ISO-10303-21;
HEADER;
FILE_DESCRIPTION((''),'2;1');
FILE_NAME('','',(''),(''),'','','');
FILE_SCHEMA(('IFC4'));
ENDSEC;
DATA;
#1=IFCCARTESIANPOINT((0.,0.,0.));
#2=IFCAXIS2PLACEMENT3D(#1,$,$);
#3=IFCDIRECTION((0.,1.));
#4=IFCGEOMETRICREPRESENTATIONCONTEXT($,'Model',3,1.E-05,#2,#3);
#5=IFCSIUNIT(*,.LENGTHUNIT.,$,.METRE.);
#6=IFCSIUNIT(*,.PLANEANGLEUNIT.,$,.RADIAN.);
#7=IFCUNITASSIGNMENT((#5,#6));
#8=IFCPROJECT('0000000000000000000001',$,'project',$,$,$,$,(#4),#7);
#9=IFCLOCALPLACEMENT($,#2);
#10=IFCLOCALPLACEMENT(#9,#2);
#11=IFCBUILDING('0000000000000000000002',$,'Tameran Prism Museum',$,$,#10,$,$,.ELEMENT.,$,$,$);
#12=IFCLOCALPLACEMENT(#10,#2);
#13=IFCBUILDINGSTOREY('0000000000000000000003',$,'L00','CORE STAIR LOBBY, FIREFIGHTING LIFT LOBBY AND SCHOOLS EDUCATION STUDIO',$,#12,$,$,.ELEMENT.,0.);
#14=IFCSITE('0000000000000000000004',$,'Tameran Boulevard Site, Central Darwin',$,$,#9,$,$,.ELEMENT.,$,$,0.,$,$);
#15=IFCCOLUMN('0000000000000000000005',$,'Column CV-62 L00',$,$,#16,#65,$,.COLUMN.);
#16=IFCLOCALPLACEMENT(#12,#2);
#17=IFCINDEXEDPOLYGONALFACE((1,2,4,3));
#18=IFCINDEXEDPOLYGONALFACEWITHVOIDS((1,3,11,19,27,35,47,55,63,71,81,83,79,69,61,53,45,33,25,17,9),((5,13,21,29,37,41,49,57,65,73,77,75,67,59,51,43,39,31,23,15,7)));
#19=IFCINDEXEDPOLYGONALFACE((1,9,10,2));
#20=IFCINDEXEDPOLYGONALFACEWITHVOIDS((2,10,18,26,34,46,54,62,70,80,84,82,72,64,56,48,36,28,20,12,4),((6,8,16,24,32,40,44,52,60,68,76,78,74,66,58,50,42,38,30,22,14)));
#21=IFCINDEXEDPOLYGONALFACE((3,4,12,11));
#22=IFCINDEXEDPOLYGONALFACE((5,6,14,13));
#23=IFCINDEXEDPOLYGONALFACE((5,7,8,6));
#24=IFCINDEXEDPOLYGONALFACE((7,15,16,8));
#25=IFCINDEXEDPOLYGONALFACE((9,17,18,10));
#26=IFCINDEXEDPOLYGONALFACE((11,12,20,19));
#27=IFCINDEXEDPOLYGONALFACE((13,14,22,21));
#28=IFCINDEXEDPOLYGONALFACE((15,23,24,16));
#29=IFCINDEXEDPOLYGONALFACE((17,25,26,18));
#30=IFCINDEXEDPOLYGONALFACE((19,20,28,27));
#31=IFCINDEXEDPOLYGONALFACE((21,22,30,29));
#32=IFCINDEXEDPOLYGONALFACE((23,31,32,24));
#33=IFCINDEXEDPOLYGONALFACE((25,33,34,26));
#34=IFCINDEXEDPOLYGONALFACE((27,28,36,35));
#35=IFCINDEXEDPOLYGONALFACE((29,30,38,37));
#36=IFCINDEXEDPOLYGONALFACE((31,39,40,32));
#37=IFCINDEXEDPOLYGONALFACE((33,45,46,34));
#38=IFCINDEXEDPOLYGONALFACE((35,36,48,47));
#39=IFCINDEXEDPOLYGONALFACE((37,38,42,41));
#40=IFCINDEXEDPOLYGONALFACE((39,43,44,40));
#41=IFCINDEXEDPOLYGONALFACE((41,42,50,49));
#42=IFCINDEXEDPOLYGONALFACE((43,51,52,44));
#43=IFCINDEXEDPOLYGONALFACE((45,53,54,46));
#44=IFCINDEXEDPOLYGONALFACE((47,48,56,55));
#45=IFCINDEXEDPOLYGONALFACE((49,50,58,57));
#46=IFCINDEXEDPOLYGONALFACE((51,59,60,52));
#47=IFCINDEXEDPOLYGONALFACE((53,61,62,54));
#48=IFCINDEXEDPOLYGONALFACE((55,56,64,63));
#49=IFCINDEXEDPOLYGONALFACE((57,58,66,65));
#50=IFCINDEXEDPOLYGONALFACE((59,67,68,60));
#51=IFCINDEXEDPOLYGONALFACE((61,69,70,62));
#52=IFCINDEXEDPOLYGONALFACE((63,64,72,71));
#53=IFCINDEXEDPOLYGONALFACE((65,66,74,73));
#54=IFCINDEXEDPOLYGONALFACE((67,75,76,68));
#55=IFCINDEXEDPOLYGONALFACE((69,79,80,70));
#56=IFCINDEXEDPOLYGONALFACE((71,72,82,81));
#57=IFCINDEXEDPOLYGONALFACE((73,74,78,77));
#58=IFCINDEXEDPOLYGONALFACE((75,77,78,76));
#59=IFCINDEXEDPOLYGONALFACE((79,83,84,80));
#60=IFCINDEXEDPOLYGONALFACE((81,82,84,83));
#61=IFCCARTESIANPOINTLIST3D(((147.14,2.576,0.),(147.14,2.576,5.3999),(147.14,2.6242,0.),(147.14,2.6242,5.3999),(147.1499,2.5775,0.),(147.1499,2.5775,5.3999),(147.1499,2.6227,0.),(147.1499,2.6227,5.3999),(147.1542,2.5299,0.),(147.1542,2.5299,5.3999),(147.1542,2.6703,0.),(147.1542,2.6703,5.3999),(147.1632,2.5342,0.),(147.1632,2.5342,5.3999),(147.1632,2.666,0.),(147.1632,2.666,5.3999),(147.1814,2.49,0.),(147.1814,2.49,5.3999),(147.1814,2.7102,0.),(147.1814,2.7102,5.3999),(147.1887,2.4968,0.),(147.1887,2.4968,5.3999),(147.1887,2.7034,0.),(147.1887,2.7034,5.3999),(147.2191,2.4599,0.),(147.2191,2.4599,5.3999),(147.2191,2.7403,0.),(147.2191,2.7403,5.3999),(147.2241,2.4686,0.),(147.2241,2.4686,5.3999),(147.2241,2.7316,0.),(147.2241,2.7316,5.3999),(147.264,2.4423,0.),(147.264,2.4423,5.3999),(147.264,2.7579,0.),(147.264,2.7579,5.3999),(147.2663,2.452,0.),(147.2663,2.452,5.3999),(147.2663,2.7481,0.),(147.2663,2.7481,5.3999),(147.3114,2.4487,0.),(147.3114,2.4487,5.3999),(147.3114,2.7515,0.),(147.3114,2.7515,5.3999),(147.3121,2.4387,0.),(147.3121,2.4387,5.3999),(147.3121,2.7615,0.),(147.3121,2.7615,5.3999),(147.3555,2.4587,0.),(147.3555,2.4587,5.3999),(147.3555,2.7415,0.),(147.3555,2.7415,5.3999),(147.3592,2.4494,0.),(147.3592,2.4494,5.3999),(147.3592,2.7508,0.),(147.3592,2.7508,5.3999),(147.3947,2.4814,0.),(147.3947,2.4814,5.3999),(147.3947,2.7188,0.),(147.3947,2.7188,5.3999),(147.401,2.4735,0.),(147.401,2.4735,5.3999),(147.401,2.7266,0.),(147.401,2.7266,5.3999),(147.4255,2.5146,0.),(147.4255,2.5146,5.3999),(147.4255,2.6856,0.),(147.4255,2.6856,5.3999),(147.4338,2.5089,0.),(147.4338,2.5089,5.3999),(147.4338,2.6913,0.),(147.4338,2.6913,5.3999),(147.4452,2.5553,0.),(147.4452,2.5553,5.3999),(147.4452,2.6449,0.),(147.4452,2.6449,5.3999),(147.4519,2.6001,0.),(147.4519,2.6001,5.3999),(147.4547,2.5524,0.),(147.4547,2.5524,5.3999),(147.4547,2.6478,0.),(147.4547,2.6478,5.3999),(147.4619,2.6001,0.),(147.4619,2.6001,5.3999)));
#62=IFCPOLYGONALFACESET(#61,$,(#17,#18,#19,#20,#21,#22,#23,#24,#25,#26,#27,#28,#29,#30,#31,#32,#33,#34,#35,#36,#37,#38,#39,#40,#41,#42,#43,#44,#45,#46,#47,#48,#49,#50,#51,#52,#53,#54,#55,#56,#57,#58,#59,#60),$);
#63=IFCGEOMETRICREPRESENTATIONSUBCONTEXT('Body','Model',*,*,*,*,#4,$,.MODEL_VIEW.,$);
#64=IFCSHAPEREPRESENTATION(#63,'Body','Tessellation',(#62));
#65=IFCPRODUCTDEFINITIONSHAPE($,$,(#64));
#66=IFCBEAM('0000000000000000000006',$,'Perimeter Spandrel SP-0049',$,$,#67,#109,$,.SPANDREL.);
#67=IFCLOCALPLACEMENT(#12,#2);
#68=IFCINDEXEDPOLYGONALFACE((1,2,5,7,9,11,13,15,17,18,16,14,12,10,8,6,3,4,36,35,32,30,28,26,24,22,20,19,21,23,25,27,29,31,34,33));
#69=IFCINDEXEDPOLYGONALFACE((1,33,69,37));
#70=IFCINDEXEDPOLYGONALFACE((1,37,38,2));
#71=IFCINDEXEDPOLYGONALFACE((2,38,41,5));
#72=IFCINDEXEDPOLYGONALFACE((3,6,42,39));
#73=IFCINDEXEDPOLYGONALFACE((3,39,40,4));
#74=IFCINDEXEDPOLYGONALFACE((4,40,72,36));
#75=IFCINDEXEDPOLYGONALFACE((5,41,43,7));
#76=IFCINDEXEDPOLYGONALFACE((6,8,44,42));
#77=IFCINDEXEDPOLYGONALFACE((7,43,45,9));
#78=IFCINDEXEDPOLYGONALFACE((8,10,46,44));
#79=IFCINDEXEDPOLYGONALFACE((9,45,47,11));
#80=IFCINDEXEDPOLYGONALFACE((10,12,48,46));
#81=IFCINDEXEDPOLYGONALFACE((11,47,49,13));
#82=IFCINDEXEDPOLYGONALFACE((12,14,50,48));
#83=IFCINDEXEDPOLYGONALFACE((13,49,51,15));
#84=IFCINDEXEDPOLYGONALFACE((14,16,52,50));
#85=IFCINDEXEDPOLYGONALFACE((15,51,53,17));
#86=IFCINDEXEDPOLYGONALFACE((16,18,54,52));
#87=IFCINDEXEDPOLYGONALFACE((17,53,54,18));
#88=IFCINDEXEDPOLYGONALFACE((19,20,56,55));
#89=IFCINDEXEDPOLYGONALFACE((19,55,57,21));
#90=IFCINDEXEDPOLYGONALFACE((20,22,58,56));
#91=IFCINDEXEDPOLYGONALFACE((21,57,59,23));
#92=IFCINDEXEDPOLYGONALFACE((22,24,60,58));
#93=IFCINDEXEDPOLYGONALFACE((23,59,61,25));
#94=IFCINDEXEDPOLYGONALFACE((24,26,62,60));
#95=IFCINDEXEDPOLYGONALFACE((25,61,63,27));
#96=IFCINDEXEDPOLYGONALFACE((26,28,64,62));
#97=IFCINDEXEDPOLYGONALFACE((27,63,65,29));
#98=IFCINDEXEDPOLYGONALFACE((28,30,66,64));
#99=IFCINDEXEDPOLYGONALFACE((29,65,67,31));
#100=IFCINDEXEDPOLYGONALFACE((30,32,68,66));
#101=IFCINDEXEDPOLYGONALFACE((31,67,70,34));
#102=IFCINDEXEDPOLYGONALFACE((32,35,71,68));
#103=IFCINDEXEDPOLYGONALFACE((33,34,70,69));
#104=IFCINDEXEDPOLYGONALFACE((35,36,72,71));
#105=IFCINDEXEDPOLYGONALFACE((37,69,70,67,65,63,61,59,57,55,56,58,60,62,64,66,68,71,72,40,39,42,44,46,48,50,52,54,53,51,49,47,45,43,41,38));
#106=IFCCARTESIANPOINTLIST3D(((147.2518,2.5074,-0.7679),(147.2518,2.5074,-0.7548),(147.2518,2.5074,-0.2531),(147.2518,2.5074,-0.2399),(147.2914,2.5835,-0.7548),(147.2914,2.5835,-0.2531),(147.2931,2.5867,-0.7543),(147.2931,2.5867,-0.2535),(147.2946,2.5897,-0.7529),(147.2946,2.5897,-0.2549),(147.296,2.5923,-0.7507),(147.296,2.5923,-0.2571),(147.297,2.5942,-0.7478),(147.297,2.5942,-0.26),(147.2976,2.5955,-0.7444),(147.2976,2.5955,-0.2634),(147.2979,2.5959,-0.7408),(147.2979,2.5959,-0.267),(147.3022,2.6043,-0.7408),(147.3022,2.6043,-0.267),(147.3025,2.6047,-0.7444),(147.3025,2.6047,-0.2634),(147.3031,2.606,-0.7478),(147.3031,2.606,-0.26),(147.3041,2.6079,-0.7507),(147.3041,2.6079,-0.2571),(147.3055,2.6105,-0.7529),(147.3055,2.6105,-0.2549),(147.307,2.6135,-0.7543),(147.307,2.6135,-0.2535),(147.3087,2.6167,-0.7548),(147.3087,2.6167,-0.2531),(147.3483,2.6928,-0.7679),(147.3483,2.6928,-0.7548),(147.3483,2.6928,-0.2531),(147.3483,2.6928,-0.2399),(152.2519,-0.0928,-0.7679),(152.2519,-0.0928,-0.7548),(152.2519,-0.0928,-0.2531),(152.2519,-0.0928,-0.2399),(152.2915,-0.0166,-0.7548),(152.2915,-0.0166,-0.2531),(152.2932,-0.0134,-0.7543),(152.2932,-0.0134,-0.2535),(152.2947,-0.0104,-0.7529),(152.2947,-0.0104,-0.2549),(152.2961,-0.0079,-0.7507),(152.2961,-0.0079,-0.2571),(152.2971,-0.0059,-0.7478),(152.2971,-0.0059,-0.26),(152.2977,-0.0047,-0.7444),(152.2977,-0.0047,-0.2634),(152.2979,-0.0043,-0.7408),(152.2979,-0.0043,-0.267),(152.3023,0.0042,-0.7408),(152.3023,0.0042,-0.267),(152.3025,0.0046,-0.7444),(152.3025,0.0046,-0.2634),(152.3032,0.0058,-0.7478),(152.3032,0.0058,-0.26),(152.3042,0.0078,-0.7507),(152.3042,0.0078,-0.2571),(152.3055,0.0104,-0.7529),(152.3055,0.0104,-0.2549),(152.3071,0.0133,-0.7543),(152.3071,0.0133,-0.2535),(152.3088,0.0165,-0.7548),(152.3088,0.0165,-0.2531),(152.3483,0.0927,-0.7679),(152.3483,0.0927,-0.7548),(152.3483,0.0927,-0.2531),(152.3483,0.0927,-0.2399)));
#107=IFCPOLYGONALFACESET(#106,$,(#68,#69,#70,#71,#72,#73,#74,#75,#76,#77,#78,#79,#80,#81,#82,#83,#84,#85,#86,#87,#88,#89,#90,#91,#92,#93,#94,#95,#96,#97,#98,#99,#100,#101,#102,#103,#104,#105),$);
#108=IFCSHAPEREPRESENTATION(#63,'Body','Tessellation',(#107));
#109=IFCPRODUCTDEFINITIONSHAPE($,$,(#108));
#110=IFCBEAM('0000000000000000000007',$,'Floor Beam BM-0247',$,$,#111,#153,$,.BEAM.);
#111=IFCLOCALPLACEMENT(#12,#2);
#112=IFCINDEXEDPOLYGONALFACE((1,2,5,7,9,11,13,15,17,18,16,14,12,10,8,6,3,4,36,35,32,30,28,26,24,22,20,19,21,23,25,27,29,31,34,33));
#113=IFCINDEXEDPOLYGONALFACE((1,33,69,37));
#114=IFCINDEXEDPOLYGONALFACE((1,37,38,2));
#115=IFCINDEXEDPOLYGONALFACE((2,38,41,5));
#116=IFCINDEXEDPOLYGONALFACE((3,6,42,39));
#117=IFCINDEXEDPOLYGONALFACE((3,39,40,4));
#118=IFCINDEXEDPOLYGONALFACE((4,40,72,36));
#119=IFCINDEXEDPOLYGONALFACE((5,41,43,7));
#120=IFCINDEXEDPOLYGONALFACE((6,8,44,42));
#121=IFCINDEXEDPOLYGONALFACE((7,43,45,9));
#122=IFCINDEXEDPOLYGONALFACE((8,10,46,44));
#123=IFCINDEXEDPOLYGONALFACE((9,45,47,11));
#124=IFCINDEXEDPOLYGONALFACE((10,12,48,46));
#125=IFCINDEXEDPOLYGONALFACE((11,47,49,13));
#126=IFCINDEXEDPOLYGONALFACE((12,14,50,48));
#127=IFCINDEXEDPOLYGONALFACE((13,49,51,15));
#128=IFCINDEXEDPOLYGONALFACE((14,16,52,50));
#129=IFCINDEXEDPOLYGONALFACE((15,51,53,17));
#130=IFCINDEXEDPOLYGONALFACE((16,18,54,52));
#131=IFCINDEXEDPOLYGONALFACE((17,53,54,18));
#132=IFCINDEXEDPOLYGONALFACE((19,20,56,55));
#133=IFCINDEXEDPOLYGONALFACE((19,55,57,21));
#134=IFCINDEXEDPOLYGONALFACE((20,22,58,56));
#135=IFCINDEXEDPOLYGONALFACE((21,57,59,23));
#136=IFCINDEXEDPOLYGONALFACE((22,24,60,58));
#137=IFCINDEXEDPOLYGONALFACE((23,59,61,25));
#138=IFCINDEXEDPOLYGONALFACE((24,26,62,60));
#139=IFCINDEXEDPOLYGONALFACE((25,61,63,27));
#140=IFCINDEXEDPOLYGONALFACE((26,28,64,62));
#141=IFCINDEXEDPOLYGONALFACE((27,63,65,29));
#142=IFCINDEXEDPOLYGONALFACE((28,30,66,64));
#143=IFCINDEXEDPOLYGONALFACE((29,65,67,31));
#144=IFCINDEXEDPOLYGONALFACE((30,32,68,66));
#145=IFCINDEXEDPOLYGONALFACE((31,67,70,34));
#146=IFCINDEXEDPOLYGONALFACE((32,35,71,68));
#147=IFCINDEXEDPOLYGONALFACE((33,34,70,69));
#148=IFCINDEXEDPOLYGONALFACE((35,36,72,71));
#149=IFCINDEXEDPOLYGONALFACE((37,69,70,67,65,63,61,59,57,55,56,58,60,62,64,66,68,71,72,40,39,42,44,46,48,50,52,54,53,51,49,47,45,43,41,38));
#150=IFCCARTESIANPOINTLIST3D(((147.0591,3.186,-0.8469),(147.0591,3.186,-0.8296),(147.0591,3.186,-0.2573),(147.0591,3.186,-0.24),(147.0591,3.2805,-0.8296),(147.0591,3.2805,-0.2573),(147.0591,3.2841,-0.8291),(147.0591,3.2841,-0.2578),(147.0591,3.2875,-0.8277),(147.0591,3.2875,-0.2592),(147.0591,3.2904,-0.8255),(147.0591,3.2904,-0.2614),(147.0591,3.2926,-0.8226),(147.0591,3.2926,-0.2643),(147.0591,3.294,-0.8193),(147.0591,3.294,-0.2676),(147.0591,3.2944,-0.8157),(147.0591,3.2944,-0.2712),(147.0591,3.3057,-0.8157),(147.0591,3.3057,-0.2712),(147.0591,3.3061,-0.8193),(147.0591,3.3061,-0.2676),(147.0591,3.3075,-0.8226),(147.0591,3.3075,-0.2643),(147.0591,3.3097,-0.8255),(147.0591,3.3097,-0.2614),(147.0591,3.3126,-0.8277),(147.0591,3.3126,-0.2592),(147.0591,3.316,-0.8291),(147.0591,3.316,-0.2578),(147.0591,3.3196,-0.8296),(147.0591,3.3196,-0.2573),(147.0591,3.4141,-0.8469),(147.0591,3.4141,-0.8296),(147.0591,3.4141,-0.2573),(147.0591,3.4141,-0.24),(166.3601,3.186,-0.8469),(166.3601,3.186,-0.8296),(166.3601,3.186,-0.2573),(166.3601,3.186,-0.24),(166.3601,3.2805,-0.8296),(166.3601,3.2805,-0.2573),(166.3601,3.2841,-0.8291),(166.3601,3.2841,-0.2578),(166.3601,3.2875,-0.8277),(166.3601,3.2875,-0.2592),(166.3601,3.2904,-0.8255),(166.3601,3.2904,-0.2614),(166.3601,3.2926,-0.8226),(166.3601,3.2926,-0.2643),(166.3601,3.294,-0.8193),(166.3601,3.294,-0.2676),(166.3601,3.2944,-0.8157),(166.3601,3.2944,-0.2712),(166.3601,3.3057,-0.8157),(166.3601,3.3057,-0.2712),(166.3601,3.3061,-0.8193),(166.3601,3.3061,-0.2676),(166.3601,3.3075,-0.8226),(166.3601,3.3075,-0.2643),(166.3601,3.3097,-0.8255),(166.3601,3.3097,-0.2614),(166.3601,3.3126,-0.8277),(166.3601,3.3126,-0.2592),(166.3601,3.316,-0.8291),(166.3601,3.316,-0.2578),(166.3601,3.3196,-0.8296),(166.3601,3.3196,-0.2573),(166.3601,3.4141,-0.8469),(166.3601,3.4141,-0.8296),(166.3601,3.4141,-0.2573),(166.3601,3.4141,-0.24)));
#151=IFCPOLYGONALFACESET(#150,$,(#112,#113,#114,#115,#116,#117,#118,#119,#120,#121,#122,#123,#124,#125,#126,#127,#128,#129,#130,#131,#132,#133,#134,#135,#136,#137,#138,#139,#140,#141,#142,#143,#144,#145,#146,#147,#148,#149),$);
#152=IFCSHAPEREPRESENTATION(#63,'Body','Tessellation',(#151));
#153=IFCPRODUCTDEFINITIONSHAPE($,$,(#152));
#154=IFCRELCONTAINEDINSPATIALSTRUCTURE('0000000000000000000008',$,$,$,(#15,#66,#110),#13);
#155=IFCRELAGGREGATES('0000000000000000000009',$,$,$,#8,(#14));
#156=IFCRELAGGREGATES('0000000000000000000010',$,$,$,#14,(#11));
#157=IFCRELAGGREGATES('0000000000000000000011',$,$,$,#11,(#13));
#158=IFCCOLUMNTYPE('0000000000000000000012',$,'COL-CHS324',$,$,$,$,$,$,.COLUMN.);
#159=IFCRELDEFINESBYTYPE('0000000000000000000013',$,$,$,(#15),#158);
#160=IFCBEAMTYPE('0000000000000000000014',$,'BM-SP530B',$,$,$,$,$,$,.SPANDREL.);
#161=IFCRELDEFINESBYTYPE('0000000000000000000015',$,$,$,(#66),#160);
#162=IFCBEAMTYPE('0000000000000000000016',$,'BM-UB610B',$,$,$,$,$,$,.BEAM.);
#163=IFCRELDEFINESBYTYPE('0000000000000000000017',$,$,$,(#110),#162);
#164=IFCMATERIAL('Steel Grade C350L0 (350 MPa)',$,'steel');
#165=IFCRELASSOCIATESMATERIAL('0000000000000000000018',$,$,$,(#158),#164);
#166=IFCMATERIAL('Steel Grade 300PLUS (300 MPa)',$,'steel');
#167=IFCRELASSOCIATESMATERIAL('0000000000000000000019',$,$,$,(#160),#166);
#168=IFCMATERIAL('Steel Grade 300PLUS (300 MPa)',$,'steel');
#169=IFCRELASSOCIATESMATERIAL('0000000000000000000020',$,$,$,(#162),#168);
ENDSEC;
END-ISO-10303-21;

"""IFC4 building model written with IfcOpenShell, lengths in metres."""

from ifc_helpers import new_model, si_unit, direction, frame, origin, origin_2d, place, context, subcontext, project, spatial, hollow_circle, i_section, extrude, material, material_profile, profile_set, type_object, element, save


model = new_model("IFC4")

# Units and contexts
model_context = context("Model", 3, precision=1e-05, world=origin(), true_north=direction((0.0, 1.0)))
body_context = subcontext(model_context, "Body", "Model", "MODEL_VIEW")
ifc_project = project(units=[si_unit("LENGTHUNIT", "METRE"), si_unit("PLANEANGLEUNIT", "RADIAN")], contexts=[model_context])

# Site, building, storey
site_placement = place(None, origin())
site = spatial("IfcSite", under=ifc_project, at=site_placement, Name="Tameran Boulevard Site, Central Darwin", CompositionType="ELEMENT", RefElevation=0.0)
building_placement = place(site_placement, origin())
building = spatial("IfcBuilding", under=site, at=building_placement, Name="Tameran Prism Museum", CompositionType="ELEMENT")
storey_placement = place(building_placement, origin())
storey = spatial("IfcBuildingStorey", under=building, at=storey_placement, Name="L00", Description="CORE STAIR LOBBY, FIREFIGHTING LIFT LOBBY AND SCHOOLS EDUCATION STUDIO", CompositionType="ELEMENT", Elevation=0.0)

# Column
ifc_material_1 = material(Name="Steel Grade C350L0 (350 MPa)", Category="steel")
ifc_material_profile_1 = material_profile(ifc_material_1, hollow_circle(Radius=0.1619, WallThickness=0.01, at=origin_2d()))
ifc_profile_set_1 = profile_set([ifc_material_profile_1])
column_type = type_object("IfcColumnType", Name="COL-CHS324", PredefinedType="COLUMN", material=ifc_profile_set_1)
column_placement = place(storey_placement, frame((147.3, 2.6001, 0.0), z_axis=(0.0, 0.0, 1.0), x_axis=(1.0, 0.0, 0.0)))
element("IfcColumn", 1, at=column_placement, inside=storey, type_object=column_type, Name="Column CV-62 L00", PredefinedType="COLUMN", context=body_context, shape_type="SweptSolid", body=[
    extrude(hollow_circle(Radius=0.1619, WallThickness=0.01, at=origin_2d()), origin(), (0.0, 0.0, 1.0), 5.3999),
])

# Beams
ifc_material_2 = material(Name="Steel Grade 300PLUS (300 MPa)", Category="steel")
ifc_material_profile_2 = material_profile(ifc_material_2, i_section(OverallWidth=0.209, OverallDepth=0.5281, WebThickness=0.0095, FlangeThickness=0.0132, FilletRadius=0.0139, at=origin_2d()))
ifc_profile_set_2 = profile_set([ifc_material_profile_2])
beam_type_1 = type_object("IfcBeamType", Name="BM-SP530B", PredefinedType="SPANDREL", material=ifc_profile_set_2)
beam_1_placement = place(storey_placement, frame((147.3, 2.6001, -0.5039), z_axis=(0.88721, -0.461366, 0.0), x_axis=(0.461366, 0.88721, 0.0)))
element("IfcBeam", 2, at=beam_1_placement, inside=storey, type_object=beam_type_1, Name="Perimeter Spandrel SP-0049", PredefinedType="SPANDREL", context=body_context, shape_type="SweptSolid", body=[
    extrude(i_section(OverallWidth=0.209, OverallDepth=0.5281, WebThickness=0.0095, FlangeThickness=0.0132, FilletRadius=0.0139, at=origin_2d()), origin(), (0.0, 0.0, 1.0), 5.6357),
])
ifc_material_3 = material(Name="Steel Grade 300PLUS (300 MPa)", Category="steel")
ifc_material_profile_3 = material_profile(ifc_material_3, i_section(OverallWidth=0.228, OverallDepth=0.6069, WebThickness=0.0112, FlangeThickness=0.0173, FilletRadius=0.0139, at=origin_2d()))
ifc_profile_set_3 = profile_set([ifc_material_profile_3])
beam_type_2 = type_object("IfcBeamType", Name="BM-UB610B", PredefinedType="BEAM", material=ifc_profile_set_3)
beam_2_placement = place(storey_placement, frame((147.0591, 3.3, -0.5435), z_axis=(1.0, 0.0, 0.0), x_axis=(0.0, 1.0, 0.0)))
element("IfcBeam", 3, at=beam_2_placement, inside=storey, type_object=beam_type_2, Name="Floor Beam BM-0247", PredefinedType="BEAM", context=body_context, shape_type="SweptSolid", body=[
    extrude(i_section(OverallWidth=0.228, OverallDepth=0.6069, WebThickness=0.0112, FlangeThickness=0.0173, FilletRadius=0.0139, at=origin_2d()), origin(), (0.0, 0.0, 1.0), 19.301),
])

save(model, "model.ifc")
